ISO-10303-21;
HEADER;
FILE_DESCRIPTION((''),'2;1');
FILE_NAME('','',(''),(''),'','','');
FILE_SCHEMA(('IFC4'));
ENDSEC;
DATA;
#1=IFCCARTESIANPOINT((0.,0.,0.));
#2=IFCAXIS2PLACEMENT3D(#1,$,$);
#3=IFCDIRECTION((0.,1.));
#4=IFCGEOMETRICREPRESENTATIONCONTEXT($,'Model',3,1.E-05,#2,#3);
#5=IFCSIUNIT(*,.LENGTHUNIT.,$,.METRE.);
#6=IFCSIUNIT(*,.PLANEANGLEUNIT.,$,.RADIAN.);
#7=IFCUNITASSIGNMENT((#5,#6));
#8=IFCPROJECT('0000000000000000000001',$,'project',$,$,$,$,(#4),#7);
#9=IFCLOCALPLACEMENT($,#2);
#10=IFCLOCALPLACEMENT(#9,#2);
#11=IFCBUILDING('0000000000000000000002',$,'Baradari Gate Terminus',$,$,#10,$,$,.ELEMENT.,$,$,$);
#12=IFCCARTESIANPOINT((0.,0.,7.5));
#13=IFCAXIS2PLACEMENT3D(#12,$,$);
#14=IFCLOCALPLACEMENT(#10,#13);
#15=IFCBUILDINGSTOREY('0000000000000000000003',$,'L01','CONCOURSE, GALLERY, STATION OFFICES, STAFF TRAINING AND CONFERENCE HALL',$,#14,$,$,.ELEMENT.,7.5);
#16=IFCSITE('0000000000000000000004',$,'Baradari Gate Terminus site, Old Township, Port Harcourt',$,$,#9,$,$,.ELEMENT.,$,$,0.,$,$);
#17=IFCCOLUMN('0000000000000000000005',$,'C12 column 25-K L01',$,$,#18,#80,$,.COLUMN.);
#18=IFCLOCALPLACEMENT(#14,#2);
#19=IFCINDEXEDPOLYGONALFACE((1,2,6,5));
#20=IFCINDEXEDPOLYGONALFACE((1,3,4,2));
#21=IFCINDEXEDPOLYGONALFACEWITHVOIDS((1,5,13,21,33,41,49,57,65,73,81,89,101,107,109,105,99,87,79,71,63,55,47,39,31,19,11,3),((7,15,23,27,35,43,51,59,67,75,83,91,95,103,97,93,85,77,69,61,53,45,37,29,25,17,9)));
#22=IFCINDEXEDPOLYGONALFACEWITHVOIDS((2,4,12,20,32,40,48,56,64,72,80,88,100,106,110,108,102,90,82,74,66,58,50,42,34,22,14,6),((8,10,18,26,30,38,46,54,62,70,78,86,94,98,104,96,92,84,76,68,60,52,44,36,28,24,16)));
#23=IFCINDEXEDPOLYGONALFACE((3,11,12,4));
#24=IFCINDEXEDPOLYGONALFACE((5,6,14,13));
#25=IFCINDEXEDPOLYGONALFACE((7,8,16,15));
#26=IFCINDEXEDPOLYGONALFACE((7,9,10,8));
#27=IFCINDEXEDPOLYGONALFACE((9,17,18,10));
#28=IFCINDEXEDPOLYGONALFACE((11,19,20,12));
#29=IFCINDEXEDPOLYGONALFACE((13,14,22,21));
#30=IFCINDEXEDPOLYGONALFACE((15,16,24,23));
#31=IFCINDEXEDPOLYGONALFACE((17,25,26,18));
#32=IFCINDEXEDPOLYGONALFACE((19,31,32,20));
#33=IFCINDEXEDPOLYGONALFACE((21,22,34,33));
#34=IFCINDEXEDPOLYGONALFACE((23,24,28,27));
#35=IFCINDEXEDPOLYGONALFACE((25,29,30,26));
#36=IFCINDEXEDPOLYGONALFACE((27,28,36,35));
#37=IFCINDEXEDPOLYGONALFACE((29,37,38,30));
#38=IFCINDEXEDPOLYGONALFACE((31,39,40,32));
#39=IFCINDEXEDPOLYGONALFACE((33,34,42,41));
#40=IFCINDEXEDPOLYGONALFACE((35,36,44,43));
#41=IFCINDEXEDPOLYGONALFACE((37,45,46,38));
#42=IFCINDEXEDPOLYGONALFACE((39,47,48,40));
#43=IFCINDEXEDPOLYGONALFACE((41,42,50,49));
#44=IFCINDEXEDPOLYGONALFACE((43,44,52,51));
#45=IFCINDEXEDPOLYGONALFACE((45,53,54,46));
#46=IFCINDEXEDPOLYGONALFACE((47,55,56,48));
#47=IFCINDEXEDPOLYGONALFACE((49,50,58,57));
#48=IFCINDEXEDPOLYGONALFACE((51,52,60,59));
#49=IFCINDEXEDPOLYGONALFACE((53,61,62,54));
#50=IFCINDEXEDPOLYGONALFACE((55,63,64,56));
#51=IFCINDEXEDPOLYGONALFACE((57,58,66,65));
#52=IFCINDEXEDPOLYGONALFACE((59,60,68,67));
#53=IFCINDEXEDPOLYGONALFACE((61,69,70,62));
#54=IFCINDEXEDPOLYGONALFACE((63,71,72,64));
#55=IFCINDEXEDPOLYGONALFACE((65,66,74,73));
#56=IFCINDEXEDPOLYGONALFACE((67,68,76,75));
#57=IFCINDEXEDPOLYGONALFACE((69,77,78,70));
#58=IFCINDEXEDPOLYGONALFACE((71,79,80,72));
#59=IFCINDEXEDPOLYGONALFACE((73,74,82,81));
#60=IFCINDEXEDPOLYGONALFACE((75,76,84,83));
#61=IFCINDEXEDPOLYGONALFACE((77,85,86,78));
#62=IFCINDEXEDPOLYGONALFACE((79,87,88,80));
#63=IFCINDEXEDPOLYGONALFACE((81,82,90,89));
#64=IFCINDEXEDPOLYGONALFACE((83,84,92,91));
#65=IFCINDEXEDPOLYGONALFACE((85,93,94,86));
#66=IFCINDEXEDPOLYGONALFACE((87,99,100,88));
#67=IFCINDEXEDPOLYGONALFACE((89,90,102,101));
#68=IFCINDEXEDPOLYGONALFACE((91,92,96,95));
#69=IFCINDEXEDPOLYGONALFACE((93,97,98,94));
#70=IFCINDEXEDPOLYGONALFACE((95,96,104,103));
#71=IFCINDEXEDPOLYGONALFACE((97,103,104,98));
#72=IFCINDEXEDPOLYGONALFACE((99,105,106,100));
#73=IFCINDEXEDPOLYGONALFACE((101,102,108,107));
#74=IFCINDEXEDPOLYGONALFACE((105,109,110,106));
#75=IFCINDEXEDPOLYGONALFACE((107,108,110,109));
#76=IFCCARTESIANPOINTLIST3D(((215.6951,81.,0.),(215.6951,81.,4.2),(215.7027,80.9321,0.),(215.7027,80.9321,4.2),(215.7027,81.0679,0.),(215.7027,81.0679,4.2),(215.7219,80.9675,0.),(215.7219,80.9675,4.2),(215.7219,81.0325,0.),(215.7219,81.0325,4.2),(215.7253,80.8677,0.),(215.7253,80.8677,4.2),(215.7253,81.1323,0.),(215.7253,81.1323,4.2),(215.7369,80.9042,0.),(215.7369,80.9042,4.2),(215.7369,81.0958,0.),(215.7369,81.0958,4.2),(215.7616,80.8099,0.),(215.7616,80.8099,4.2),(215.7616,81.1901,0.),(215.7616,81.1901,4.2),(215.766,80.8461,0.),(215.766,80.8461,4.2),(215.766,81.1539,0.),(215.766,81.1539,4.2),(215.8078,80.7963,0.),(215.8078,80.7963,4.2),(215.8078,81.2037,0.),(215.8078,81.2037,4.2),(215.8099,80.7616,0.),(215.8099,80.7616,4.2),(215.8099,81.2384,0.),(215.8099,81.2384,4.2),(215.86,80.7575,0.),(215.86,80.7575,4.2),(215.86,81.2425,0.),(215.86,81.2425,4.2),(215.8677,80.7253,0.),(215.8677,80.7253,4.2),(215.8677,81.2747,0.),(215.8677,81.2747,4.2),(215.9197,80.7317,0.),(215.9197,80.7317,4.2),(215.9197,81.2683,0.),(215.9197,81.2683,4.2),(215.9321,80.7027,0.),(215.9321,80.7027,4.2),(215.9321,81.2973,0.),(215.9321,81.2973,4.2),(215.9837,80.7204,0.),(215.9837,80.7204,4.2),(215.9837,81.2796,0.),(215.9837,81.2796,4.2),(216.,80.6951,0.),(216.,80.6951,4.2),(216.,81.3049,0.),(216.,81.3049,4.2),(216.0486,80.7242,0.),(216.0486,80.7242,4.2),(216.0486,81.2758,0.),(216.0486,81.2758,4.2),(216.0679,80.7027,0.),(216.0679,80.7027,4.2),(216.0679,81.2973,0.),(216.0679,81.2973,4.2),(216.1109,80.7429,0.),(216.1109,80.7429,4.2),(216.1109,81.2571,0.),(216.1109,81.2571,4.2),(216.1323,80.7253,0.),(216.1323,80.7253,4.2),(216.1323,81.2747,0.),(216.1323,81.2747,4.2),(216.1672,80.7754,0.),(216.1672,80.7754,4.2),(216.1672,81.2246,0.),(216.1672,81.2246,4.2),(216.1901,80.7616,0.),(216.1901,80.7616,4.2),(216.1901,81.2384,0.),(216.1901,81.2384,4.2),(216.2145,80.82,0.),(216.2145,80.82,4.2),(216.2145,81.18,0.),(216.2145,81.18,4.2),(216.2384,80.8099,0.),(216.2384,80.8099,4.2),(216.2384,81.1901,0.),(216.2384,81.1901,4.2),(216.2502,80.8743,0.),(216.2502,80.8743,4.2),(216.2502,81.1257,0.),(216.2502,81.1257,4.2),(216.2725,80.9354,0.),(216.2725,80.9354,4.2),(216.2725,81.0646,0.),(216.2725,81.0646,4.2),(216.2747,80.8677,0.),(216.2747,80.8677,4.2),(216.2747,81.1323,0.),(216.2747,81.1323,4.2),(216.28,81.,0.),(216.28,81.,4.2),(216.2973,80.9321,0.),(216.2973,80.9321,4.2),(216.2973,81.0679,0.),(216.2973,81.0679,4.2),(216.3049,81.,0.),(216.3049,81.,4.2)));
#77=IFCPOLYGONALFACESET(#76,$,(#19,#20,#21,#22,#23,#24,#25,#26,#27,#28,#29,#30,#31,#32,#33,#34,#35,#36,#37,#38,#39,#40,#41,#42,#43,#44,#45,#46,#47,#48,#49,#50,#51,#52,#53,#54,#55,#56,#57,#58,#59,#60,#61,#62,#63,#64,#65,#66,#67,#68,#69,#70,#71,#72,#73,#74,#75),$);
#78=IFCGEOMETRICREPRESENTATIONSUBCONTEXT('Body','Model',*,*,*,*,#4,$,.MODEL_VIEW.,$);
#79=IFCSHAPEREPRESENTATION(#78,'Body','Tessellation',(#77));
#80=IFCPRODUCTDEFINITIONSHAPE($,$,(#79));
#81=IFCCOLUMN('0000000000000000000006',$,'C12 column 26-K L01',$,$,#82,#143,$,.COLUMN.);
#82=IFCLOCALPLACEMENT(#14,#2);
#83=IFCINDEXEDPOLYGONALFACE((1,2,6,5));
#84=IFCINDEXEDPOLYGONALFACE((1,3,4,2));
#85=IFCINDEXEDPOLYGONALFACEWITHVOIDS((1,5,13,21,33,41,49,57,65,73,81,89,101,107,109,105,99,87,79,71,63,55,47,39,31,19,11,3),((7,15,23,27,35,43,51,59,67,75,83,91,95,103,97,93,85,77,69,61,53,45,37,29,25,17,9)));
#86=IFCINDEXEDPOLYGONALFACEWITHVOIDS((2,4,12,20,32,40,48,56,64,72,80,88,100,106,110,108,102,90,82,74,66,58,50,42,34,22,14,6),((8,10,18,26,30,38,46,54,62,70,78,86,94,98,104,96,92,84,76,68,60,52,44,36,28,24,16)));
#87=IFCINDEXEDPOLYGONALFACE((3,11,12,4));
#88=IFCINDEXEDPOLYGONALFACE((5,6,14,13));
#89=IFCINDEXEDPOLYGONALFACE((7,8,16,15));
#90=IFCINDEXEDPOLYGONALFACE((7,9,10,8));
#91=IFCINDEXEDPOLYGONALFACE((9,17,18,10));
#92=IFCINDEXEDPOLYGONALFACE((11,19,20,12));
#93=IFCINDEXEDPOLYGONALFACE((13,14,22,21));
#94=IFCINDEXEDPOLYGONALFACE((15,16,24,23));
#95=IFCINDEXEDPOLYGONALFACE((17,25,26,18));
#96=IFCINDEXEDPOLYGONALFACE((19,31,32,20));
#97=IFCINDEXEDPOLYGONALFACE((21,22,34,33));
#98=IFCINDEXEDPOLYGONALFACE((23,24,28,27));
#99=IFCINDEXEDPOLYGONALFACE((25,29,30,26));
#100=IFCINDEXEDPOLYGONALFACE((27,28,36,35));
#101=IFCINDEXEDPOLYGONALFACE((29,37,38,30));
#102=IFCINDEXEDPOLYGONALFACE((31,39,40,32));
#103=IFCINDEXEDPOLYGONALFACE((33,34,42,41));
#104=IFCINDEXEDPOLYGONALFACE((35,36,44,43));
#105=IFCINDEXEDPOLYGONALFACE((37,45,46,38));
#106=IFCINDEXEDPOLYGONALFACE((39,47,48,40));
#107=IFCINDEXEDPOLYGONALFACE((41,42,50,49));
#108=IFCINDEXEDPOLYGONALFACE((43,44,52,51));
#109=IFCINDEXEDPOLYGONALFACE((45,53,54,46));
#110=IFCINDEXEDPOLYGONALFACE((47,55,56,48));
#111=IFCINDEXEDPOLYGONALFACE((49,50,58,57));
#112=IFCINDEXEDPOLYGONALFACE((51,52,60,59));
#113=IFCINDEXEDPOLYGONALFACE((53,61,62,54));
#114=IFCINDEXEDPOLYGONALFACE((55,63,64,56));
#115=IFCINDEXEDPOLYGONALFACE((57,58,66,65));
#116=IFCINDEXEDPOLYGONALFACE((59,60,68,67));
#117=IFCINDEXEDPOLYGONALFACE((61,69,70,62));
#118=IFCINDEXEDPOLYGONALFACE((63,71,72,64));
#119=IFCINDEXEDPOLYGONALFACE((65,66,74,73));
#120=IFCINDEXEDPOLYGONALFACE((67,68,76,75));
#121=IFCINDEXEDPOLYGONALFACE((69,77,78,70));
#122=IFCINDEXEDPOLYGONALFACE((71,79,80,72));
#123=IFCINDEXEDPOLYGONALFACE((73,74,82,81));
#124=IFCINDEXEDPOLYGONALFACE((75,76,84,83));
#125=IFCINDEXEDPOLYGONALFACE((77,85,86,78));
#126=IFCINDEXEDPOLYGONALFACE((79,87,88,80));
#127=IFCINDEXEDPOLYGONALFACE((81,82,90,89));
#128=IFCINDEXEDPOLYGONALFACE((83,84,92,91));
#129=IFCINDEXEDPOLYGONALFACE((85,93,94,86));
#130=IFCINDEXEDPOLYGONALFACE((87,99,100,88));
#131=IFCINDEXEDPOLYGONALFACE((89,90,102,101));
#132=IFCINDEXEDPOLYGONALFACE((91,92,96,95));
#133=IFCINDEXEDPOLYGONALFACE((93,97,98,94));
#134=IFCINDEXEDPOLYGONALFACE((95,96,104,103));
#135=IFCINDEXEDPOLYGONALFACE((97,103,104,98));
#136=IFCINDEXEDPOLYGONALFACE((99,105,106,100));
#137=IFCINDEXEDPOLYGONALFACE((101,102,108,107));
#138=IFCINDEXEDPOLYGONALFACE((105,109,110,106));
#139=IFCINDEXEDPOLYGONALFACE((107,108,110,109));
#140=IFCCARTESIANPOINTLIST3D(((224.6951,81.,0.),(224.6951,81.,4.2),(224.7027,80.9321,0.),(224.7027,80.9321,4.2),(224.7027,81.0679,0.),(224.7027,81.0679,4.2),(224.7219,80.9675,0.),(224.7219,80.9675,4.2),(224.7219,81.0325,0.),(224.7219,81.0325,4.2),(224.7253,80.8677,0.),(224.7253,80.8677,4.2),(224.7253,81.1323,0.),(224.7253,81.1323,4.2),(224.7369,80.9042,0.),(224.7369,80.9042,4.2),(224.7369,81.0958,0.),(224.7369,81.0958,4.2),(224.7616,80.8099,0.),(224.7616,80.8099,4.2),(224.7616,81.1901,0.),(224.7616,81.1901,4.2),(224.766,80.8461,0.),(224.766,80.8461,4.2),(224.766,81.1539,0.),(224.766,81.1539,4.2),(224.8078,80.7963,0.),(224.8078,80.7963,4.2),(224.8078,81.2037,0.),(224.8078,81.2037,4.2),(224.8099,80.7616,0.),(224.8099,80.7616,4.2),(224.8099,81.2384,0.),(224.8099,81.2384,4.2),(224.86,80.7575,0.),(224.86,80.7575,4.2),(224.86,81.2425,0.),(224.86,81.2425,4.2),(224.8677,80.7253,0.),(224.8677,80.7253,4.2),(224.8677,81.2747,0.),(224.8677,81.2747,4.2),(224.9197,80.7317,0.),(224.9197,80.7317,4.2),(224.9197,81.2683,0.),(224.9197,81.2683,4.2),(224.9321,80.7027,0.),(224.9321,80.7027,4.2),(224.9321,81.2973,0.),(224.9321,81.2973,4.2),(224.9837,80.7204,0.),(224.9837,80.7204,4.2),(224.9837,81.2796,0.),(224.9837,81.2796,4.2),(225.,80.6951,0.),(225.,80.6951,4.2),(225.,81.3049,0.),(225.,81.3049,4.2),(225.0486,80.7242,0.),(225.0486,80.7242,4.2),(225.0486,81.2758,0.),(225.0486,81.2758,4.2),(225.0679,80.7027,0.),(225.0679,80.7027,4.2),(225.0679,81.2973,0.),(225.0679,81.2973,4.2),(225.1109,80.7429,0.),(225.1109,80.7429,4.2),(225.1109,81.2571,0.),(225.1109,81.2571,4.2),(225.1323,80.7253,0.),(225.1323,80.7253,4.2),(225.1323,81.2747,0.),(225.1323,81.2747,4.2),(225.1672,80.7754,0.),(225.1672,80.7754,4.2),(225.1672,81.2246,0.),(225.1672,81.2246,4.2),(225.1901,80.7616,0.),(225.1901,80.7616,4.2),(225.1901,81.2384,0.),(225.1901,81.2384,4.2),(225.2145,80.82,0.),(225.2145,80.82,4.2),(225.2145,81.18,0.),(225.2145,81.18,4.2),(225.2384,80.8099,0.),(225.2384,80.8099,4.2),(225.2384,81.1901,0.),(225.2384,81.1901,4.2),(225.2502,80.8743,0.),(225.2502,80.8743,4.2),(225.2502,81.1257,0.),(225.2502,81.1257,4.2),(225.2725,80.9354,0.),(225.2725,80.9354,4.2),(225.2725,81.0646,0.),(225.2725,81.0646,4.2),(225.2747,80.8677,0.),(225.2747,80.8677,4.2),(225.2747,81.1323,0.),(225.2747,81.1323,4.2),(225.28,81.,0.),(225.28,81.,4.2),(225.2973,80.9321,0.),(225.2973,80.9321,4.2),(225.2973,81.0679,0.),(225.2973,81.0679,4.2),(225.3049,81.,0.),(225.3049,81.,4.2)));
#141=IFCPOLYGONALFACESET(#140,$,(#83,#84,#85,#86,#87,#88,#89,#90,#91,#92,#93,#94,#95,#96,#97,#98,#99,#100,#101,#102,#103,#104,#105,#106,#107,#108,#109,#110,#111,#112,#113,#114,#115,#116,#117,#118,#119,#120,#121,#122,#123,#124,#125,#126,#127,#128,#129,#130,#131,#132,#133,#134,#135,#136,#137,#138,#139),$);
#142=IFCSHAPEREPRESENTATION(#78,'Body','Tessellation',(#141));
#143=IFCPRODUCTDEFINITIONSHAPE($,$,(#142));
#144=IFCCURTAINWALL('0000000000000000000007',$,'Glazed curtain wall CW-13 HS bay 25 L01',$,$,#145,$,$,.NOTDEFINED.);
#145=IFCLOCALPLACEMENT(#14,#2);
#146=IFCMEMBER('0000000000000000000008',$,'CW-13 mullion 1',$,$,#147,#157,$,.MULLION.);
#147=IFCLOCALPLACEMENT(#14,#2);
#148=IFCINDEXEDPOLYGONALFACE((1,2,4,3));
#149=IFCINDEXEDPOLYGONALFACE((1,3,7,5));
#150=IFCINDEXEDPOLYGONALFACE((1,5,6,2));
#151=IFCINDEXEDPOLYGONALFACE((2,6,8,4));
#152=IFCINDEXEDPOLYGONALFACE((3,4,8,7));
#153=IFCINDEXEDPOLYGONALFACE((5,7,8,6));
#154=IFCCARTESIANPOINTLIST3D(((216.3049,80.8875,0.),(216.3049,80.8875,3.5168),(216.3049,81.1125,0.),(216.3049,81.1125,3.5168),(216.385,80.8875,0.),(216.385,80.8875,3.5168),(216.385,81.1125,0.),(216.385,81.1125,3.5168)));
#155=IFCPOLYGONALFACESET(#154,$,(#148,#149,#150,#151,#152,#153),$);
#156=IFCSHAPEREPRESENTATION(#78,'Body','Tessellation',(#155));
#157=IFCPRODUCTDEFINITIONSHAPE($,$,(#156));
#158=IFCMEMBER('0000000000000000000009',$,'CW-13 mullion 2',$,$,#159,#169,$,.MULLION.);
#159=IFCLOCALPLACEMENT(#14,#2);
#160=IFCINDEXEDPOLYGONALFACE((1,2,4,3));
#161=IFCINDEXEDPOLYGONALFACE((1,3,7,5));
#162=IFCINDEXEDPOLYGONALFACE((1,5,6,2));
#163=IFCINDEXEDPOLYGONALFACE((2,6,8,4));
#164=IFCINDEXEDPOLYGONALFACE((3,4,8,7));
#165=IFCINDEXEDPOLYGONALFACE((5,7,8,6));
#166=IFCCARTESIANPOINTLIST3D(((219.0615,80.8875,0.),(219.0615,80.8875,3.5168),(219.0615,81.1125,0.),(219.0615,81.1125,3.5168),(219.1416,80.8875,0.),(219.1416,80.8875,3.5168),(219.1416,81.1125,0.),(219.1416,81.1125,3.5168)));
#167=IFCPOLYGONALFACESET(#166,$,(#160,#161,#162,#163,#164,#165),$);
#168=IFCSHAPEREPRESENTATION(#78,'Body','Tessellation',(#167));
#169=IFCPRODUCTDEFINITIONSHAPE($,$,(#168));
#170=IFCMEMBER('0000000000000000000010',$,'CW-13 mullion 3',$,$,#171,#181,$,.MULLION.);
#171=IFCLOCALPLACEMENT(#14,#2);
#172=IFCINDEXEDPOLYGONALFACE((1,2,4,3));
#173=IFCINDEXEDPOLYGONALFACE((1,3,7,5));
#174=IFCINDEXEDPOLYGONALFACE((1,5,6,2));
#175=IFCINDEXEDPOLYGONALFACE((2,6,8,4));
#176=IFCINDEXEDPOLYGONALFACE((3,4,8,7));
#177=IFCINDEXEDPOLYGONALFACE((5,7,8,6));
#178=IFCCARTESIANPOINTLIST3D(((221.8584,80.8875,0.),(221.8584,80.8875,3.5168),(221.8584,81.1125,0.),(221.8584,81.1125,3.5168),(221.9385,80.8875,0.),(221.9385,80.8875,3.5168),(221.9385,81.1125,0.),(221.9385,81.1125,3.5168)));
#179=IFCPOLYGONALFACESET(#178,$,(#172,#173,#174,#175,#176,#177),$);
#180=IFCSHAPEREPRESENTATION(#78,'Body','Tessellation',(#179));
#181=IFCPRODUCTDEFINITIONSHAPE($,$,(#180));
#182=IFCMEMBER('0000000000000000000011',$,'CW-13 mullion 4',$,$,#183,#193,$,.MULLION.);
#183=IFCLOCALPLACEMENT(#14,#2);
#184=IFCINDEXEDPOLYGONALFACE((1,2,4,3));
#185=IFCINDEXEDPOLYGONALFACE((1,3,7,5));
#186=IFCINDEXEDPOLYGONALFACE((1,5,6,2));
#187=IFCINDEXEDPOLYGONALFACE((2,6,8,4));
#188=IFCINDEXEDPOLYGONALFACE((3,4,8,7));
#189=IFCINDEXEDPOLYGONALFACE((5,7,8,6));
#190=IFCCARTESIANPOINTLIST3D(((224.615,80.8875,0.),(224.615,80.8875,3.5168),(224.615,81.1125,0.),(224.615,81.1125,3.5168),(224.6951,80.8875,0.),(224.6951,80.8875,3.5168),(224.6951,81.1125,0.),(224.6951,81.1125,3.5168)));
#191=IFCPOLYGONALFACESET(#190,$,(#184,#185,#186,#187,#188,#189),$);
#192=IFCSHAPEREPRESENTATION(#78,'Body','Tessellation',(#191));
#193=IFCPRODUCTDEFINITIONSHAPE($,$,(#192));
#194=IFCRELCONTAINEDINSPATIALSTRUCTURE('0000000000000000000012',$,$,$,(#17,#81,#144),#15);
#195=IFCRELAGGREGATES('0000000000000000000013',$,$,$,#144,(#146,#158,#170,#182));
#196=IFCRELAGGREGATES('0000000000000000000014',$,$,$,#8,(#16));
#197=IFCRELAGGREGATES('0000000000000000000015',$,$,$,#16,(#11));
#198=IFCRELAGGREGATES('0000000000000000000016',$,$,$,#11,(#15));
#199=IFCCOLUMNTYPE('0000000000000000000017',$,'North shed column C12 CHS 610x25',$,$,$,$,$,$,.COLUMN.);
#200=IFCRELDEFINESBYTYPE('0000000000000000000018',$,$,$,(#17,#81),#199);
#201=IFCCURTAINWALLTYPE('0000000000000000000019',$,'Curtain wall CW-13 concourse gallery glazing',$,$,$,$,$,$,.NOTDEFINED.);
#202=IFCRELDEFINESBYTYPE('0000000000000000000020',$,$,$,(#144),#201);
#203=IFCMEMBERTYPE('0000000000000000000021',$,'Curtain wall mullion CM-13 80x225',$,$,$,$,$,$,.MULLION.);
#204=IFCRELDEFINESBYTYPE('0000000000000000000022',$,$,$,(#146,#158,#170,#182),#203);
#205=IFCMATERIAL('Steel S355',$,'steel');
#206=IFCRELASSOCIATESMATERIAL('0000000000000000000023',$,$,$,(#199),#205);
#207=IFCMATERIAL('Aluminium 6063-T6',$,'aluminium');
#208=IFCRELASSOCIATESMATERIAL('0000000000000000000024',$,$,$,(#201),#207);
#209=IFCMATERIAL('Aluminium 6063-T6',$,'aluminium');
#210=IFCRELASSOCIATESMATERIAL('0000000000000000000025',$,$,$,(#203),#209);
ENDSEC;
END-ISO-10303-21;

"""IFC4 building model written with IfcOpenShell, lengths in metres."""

from ifc_helpers import new_model, si_unit, direction, frame, origin, origin_2d, place, context, subcontext, project, spatial, rectangle, hollow_circle, extrude, material, material_profile, profile_set, type_object, element, aggregate, save


model = new_model("IFC4")

# Units and contexts
model_context = context("Model", 3, precision=1e-05, world=origin(), true_north=direction((0.0, 1.0)))
body_context = subcontext(model_context, "Body", "Model", "MODEL_VIEW")
ifc_project = project(units=[si_unit("LENGTHUNIT", "METRE"), si_unit("PLANEANGLEUNIT", "RADIAN")], contexts=[model_context])

# Site, building, storey
site_placement = place(None, origin())
site = spatial("IfcSite", under=ifc_project, at=site_placement, Name="Baradari Gate Terminus site, Old Township, Port Harcourt", CompositionType="ELEMENT", RefElevation=0.0)
building_placement = place(site_placement, origin())
building = spatial("IfcBuilding", under=site, at=building_placement, Name="Baradari Gate Terminus", CompositionType="ELEMENT")
storey_placement = place(building_placement, frame((0.0, 0.0, 7.5)))
storey = spatial("IfcBuildingStorey", under=building, at=storey_placement, Name="L01", Description="CONCOURSE, GALLERY, STATION OFFICES, STAFF TRAINING AND CONFERENCE HALL", CompositionType="ELEMENT", Elevation=7.5)

# Columns
ifc_material_1 = material(Name="Steel S355", Category="steel")
ifc_material_profile_1 = material_profile(ifc_material_1, hollow_circle(Radius=0.3049, WallThickness=0.0249, at=origin_2d()), Name="CHS 610x25")
ifc_profile_set_1 = profile_set([ifc_material_profile_1], Name="Steel S355")
column_type = type_object("IfcColumnType", Name="North shed column C12 CHS 610x25", PredefinedType="COLUMN", material=ifc_profile_set_1)
for number, where, z_axis, x_axis, name in (
    (1, (216.0, 81.0, 0.0), (0.0, 0.0, 1.0), (1.0, 0.0, 0.0), "C12 column 25-K L01"),
    (2, (225.0, 81.0, 0.0), (0.0, 0.0, 1.0), (1.0, 0.0, 0.0), "C12 column 26-K L01"),
):
    element("IfcColumn", number, at=place(storey_placement, frame(where, z_axis=z_axis, x_axis=x_axis)), inside=storey, type_object=column_type, Name=name, PredefinedType="COLUMN", context=body_context, shape_type="SweptSolid", body=[
        extrude(hollow_circle(Radius=0.3049, WallThickness=0.0249, at=origin_2d()), origin(), (0.0, 0.0, 1.0), 4.2),
    ])

# Curtain wall, members
ifc_material_2 = material(Name="Aluminium 6063-T6", Category="aluminium")
curtain_wall_type = type_object("IfcCurtainWallType", Name="Curtain wall CW-13 concourse gallery glazing", PredefinedType="NOTDEFINED", material=ifc_material_2)
curtain_wall_placement = place(storey_placement, origin())
curtain_wall = element("IfcCurtainWall", 3, at=curtain_wall_placement, inside=storey, type_object=curtain_wall_type, Name="Glazed curtain wall CW-13 HS bay 25 L01", PredefinedType="NOTDEFINED")
ifc_material_3 = material(Name="Aluminium 6063-T6", Category="aluminium")
ifc_material_profile_2 = material_profile(ifc_material_3, rectangle(XDim=0.2251, YDim=0.0801, at=origin_2d()), Name="CM-13 80X225")
ifc_profile_set_2 = profile_set([ifc_material_profile_2], Name="Aluminium 6063-T6")
member_type_1 = type_object("IfcMemberType", Name="Curtain wall mullion CM-13 80x225", PredefinedType="MULLION", material=ifc_profile_set_2)
member_1_placement = place(storey_placement, frame((216.345, 81.0, 0.0), z_axis=(0.0, 0.0, 1.0), x_axis=(0.0, 1.0, 0.0)))
member_1 = element("IfcMember", 4, at=member_1_placement, type_object=member_type_1, Name="CW-13 mullion 1", PredefinedType="MULLION", context=body_context, shape_type="SweptSolid", body=[
    extrude(rectangle(XDim=0.2251, YDim=0.0801, at=origin_2d()), origin(), (0.0, 0.0, 1.0), 3.5168),
])
member_2_placement = place(storey_placement, frame((219.1016, 81.0, 0.0), z_axis=(0.0, 0.0, 1.0), x_axis=(0.0, 1.0, 0.0)))
member_2 = element("IfcMember", 5, at=member_2_placement, type_object=member_type_1, Name="CW-13 mullion 2", PredefinedType="MULLION", context=body_context, shape_type="SweptSolid", body=[
    extrude(rectangle(XDim=0.2251, YDim=0.0801, at=origin_2d()), origin(), (0.0, 0.0, 1.0), 3.5168),
])
member_3_placement = place(storey_placement, frame((221.8984, 81.0, 0.0), z_axis=(0.0, 0.0, 1.0), x_axis=(0.0, 1.0, 0.0)))
member_3 = element("IfcMember", 6, at=member_3_placement, type_object=member_type_1, Name="CW-13 mullion 3", PredefinedType="MULLION", context=body_context, shape_type="SweptSolid", body=[
    extrude(rectangle(XDim=0.2251, YDim=0.0801, at=origin_2d()), origin(), (0.0, 0.0, 1.0), 3.5168),
])
member_4_placement = place(storey_placement, frame((224.655, 81.0, 0.0), z_axis=(0.0, 0.0, 1.0), x_axis=(0.0, 1.0, 0.0)))
member_4 = element("IfcMember", 7, at=member_4_placement, type_object=member_type_1, Name="CW-13 mullion 4", PredefinedType="MULLION", context=body_context, shape_type="SweptSolid", body=[
    extrude(rectangle(XDim=0.2251, YDim=0.0801, at=origin_2d()), origin(), (0.0, 0.0, 1.0), 3.5168),
])

aggregate(curtain_wall, [member_1, member_2, member_3, member_4])

save(model, "model.ifc")
